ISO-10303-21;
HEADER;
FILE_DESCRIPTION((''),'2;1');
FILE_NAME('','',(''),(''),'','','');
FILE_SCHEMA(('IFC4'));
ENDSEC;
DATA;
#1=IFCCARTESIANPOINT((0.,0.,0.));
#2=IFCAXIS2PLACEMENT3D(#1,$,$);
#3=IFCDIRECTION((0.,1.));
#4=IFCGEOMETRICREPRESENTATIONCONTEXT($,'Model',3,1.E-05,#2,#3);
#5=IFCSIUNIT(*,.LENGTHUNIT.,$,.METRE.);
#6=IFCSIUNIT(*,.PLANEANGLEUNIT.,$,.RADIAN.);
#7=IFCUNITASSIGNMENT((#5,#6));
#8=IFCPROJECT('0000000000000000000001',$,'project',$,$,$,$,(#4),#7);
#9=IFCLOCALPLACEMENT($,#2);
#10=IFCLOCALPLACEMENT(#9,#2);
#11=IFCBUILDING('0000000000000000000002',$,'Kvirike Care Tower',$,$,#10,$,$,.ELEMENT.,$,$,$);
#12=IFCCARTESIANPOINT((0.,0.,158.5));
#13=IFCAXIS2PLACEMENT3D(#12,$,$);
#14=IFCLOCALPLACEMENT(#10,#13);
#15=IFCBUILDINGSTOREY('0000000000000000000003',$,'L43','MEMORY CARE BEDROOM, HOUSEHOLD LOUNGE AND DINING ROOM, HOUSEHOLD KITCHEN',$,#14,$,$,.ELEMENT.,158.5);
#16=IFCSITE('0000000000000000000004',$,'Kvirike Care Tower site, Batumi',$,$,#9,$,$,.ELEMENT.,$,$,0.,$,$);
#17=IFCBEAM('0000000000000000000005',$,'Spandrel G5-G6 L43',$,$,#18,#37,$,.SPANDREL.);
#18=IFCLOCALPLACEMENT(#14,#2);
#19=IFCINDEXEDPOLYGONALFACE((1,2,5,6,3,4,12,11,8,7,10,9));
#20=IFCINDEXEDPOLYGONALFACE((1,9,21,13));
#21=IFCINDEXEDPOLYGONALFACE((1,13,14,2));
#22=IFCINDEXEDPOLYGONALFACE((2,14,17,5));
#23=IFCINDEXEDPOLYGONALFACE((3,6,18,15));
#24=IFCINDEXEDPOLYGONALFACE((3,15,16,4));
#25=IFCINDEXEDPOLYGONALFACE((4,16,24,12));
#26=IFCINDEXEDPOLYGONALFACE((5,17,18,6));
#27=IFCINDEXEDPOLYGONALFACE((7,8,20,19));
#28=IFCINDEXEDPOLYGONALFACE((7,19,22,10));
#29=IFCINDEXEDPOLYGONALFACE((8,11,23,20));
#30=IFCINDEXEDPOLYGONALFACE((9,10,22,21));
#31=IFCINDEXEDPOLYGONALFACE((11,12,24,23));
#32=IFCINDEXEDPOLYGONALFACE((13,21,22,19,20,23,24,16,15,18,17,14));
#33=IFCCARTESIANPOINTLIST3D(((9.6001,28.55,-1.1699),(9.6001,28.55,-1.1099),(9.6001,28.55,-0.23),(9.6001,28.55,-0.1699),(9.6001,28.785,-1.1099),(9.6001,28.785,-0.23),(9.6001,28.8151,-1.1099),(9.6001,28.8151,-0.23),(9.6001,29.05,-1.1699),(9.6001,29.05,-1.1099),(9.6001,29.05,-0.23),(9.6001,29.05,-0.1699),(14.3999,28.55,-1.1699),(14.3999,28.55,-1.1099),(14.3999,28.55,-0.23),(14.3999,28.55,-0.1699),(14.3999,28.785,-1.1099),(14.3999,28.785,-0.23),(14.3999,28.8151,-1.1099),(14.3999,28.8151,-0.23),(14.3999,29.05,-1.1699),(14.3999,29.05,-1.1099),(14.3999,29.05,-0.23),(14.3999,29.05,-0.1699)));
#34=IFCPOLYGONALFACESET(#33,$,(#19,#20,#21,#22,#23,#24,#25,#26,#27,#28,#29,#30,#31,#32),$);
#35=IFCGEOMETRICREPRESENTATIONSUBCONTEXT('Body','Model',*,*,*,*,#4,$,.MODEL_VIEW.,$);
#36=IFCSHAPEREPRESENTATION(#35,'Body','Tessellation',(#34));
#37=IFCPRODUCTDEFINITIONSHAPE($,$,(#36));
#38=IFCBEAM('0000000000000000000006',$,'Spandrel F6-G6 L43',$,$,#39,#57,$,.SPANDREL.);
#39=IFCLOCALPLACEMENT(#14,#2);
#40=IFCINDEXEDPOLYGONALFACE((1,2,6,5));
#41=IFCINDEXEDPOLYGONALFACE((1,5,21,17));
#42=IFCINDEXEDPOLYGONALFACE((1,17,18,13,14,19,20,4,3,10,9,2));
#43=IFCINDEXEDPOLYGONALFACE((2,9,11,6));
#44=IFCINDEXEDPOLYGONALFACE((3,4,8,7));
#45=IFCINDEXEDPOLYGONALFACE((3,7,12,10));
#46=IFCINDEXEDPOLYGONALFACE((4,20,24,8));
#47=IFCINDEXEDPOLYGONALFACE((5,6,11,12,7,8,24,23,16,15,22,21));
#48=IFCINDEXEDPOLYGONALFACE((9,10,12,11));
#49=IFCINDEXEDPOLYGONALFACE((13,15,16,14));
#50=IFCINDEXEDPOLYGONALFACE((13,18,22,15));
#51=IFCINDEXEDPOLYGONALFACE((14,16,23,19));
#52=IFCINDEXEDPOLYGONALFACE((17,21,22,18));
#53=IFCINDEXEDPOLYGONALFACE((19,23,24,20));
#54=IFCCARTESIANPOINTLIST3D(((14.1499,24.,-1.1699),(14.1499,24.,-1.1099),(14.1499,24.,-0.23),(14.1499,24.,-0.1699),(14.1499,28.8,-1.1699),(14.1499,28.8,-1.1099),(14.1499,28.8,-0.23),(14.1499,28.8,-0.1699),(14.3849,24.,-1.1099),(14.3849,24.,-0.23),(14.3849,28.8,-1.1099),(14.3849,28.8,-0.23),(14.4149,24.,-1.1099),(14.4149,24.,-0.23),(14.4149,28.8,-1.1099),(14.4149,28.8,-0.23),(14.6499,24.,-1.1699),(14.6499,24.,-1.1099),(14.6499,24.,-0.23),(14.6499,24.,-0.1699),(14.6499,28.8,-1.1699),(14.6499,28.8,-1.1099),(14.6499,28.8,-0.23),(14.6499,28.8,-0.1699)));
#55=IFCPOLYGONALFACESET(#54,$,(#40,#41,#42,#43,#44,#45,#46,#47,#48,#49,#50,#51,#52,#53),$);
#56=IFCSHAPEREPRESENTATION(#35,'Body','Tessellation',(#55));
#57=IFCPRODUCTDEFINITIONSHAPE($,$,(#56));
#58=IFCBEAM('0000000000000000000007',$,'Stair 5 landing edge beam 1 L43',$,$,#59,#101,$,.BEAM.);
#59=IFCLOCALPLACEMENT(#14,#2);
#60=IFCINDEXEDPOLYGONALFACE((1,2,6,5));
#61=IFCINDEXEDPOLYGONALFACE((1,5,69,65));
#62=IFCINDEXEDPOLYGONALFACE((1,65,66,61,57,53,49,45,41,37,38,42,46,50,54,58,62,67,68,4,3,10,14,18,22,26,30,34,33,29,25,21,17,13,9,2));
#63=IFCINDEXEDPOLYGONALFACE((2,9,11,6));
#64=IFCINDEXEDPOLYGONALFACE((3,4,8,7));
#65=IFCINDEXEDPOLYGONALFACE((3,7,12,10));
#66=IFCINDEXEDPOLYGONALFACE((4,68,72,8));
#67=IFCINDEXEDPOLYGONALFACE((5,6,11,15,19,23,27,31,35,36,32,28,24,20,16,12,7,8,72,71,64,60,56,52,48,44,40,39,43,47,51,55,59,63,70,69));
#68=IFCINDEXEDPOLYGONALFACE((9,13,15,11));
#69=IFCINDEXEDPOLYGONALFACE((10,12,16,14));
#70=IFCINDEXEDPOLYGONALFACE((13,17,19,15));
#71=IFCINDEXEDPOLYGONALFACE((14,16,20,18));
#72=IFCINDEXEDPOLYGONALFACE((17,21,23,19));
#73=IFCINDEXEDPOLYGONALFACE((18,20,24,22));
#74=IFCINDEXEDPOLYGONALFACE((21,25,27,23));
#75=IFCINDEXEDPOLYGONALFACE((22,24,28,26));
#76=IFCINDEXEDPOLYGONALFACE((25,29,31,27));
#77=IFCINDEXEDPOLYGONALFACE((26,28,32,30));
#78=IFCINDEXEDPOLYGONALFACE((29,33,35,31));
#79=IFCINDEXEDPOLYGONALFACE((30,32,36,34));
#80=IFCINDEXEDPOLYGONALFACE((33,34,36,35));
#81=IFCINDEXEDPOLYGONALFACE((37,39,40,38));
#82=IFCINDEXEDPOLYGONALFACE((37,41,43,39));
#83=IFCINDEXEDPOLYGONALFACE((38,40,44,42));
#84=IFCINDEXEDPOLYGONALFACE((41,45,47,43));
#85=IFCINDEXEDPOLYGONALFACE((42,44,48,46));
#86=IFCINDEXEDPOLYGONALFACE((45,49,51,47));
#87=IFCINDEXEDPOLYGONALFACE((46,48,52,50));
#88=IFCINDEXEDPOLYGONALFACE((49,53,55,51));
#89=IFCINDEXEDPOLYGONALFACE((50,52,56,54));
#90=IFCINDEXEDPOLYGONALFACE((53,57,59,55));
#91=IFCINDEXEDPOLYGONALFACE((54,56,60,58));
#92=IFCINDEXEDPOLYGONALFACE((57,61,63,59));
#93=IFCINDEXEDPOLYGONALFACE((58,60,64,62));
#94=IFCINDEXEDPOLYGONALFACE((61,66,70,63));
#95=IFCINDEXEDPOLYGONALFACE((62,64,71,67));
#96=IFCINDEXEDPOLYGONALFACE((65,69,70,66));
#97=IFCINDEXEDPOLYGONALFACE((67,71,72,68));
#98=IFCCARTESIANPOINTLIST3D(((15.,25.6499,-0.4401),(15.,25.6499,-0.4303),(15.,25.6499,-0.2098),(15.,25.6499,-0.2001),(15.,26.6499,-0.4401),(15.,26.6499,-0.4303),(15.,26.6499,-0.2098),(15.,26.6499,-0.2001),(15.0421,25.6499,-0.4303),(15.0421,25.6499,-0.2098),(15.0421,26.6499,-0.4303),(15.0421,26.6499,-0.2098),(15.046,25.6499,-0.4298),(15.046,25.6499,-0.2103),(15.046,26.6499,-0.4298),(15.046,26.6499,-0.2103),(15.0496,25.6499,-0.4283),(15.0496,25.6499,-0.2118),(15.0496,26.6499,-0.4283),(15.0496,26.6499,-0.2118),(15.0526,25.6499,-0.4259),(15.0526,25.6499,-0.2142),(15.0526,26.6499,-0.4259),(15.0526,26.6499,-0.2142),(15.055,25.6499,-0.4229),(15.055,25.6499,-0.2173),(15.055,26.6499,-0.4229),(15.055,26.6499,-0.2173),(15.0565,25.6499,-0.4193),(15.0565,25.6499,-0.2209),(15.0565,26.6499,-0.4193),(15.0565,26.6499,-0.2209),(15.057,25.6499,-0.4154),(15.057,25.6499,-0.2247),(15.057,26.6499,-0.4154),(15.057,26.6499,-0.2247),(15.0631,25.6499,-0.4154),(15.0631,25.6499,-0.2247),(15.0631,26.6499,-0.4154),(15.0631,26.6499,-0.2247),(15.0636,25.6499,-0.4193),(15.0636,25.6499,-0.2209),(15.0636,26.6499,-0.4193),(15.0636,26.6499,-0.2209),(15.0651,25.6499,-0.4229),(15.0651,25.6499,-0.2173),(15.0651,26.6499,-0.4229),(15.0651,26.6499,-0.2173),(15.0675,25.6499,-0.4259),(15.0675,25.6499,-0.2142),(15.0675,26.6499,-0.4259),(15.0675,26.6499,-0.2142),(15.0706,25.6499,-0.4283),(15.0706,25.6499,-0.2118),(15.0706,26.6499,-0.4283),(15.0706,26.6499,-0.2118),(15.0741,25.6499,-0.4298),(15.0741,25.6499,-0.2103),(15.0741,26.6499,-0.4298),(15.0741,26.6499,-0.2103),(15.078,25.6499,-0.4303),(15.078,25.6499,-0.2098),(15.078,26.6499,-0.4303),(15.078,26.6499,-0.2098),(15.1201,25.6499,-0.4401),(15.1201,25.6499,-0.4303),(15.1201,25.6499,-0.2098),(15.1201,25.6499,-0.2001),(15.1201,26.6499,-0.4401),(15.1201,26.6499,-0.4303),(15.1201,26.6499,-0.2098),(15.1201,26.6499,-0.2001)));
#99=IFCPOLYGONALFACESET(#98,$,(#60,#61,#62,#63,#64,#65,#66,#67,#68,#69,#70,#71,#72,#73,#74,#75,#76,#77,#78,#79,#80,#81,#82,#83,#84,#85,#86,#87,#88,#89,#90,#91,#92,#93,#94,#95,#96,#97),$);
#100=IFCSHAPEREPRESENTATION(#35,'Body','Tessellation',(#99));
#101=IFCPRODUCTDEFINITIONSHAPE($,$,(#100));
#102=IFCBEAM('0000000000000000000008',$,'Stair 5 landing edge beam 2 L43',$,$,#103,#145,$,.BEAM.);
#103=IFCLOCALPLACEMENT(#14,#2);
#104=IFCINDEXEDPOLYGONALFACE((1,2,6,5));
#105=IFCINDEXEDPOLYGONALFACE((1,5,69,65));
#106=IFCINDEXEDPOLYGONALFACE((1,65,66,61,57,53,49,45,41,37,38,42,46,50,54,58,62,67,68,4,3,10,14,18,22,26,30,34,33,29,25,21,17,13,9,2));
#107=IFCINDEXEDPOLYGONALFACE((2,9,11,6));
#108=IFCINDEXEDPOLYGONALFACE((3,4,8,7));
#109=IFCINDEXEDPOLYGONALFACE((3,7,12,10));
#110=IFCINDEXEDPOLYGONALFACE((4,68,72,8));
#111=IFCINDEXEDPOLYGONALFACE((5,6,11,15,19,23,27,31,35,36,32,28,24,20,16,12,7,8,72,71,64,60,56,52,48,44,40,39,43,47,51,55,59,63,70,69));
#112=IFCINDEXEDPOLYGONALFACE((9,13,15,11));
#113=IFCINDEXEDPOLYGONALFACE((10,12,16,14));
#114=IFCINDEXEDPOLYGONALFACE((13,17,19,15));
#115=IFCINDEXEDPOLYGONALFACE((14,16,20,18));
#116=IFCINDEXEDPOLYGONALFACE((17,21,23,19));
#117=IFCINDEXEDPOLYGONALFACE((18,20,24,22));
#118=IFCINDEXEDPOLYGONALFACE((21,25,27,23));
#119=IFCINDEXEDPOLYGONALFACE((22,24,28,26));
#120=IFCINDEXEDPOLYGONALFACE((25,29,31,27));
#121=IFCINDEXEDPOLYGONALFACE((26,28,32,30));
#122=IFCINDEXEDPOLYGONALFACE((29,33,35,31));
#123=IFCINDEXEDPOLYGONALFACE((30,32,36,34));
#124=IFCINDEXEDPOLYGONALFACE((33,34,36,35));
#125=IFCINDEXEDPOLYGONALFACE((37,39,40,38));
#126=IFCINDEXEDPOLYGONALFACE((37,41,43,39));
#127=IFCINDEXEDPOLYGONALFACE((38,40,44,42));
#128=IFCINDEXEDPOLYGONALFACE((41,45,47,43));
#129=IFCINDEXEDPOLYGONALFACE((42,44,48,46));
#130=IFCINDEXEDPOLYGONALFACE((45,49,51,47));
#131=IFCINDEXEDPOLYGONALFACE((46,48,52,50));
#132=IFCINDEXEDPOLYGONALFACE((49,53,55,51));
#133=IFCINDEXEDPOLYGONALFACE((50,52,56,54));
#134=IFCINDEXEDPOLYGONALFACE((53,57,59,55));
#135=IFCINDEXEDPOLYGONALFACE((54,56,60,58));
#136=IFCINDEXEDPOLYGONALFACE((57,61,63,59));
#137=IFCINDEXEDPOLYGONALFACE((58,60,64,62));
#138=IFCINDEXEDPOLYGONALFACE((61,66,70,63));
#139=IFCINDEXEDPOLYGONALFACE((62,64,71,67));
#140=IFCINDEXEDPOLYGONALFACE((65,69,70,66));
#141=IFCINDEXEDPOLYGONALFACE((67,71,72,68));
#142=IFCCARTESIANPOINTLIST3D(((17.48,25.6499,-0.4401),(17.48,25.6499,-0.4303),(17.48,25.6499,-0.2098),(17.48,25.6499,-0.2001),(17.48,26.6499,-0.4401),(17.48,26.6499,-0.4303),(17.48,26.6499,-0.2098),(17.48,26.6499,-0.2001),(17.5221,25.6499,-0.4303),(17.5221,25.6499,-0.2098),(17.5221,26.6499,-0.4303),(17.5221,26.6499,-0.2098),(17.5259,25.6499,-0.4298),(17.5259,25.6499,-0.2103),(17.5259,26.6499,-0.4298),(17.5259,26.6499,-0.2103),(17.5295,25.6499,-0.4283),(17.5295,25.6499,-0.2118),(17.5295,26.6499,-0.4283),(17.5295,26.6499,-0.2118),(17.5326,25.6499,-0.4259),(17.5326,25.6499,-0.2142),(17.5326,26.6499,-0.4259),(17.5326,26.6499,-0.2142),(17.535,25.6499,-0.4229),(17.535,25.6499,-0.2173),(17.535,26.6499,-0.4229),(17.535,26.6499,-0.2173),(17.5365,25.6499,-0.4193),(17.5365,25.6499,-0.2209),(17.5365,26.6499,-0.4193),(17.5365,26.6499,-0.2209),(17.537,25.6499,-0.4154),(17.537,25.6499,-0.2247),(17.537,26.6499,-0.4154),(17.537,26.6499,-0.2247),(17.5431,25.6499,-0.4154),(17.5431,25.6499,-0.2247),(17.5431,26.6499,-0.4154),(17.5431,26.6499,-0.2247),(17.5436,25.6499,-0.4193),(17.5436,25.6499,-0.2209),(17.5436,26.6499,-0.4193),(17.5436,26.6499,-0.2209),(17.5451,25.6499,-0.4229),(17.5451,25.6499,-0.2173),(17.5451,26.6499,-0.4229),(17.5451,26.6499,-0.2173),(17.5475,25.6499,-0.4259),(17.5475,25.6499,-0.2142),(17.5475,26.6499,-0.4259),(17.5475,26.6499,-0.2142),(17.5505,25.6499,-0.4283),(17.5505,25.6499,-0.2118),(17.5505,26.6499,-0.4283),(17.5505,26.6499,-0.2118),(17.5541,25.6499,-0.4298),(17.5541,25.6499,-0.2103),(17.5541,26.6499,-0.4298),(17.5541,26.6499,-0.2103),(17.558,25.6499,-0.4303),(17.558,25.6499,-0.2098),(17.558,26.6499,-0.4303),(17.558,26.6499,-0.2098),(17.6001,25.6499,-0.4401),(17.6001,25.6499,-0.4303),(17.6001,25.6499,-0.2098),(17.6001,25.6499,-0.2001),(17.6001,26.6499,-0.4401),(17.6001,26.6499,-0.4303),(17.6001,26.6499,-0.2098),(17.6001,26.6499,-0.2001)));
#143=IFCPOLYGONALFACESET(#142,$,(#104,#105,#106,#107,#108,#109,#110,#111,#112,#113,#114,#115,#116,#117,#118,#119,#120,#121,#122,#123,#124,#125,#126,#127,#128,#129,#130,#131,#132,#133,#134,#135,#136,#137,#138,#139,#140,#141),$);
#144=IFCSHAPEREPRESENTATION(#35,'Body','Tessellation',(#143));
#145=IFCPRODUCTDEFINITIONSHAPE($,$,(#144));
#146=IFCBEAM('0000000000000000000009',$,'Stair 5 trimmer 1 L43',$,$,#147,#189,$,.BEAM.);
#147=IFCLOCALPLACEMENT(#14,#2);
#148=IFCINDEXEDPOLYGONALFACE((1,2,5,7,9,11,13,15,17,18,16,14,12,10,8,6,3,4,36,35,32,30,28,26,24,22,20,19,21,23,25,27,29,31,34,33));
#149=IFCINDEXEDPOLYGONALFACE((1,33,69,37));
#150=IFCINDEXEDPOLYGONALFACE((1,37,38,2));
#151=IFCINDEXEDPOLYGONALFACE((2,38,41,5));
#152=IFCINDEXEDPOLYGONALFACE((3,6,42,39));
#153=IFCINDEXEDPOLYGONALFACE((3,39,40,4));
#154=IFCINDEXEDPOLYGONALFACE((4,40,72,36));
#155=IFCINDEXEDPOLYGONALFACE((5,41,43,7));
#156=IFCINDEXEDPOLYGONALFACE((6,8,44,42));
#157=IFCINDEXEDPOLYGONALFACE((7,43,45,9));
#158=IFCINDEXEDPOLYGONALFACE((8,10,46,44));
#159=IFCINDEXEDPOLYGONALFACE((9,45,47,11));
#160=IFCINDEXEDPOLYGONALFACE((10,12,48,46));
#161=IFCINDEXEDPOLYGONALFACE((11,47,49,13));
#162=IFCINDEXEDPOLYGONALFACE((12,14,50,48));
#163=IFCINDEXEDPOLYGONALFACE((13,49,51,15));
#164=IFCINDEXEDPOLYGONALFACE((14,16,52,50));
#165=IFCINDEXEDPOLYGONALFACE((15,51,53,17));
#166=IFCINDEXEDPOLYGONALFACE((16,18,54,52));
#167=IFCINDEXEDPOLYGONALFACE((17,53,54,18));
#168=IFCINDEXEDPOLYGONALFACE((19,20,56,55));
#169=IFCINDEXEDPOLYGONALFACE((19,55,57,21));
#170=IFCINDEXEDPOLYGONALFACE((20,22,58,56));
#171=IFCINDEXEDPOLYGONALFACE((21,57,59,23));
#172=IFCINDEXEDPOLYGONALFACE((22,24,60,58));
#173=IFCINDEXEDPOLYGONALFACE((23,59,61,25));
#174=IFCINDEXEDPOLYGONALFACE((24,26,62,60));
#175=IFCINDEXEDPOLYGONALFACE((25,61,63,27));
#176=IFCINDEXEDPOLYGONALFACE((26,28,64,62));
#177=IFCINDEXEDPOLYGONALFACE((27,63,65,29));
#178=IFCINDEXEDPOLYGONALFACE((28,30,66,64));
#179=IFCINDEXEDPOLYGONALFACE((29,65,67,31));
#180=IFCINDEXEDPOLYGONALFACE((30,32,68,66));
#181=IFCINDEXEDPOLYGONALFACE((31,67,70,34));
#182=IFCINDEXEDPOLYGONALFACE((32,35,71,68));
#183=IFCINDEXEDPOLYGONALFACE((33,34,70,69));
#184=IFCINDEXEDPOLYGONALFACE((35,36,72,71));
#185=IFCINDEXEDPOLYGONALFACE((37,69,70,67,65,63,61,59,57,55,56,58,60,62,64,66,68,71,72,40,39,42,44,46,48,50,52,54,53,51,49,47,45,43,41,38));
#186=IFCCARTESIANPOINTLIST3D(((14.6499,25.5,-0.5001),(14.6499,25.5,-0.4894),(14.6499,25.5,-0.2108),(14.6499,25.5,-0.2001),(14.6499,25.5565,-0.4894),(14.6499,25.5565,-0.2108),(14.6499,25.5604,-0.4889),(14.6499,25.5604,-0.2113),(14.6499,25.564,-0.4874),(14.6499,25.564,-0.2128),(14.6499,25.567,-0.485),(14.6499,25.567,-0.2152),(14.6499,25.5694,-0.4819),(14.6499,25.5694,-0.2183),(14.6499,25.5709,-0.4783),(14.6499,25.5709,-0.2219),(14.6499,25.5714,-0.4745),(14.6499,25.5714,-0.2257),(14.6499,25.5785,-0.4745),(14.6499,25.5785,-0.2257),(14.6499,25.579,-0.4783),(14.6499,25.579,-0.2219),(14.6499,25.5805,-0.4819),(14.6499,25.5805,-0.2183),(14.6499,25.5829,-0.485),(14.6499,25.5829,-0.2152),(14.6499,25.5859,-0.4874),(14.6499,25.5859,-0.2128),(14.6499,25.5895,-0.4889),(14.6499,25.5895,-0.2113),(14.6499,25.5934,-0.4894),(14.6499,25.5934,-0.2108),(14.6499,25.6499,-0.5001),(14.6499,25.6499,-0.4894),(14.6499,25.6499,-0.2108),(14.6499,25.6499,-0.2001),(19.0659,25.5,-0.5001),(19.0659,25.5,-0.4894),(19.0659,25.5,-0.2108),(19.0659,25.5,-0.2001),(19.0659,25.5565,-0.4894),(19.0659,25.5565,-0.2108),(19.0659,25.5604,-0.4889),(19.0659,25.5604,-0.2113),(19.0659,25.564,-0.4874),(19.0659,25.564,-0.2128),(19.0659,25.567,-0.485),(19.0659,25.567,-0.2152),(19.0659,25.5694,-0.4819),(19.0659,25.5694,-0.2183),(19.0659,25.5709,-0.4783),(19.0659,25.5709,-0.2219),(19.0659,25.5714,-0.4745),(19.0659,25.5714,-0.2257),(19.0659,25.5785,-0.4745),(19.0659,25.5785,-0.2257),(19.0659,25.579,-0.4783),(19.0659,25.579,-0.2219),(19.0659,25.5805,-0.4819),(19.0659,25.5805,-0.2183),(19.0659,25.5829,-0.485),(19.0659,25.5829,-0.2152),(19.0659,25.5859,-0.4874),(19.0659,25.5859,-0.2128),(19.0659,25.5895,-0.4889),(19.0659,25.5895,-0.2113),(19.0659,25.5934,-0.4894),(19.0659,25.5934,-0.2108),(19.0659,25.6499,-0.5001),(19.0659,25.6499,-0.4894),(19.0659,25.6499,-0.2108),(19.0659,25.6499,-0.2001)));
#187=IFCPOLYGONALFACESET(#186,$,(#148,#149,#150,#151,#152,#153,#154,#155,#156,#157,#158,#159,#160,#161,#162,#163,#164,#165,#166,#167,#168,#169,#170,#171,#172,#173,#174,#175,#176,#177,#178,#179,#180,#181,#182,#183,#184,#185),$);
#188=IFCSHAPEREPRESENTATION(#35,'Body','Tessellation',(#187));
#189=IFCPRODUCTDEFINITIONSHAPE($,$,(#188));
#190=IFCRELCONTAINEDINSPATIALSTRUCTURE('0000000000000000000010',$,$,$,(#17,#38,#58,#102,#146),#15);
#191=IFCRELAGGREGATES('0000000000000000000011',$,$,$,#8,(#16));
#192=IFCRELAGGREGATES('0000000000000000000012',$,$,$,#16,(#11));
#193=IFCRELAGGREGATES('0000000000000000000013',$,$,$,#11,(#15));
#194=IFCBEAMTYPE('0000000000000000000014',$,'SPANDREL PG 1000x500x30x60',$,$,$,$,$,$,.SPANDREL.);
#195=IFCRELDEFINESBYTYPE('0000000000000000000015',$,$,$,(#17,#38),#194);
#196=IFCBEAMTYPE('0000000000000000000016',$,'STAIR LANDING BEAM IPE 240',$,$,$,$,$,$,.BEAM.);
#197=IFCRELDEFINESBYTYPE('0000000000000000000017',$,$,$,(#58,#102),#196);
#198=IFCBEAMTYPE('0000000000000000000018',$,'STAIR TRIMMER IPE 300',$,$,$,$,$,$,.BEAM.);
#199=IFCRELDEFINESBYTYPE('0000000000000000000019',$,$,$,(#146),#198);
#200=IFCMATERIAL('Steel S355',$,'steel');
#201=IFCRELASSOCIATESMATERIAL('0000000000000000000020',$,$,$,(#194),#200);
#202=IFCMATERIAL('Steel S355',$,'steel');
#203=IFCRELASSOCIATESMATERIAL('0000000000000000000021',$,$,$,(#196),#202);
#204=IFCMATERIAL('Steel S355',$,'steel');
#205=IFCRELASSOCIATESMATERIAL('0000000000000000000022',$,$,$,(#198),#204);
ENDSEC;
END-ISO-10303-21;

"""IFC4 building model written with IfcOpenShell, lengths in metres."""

from ifc_helpers import new_model, si_unit, direction, frame, origin, origin_2d, place, context, subcontext, project, spatial, i_section, extrude, material, material_profile, profile_set, type_object, element, save


model = new_model("IFC4")

# Units and contexts
model_context = context("Model", 3, precision=1e-05, world=origin(), true_north=direction((0.0, 1.0)))
body_context = subcontext(model_context, "Body", "Model", "MODEL_VIEW")
ifc_project = project(units=[si_unit("LENGTHUNIT", "METRE"), si_unit("PLANEANGLEUNIT", "RADIAN")], contexts=[model_context])

# Site, building, storey
site_placement = place(None, origin())
site = spatial("IfcSite", under=ifc_project, at=site_placement, Name="Kvirike Care Tower site, Batumi", CompositionType="ELEMENT", RefElevation=0.0)
building_placement = place(site_placement, origin())
building = spatial("IfcBuilding", under=site, at=building_placement, Name="Kvirike Care Tower", CompositionType="ELEMENT")
storey_placement = place(building_placement, frame((0.0, 0.0, 158.5)))
storey = spatial("IfcBuildingStorey", under=building, at=storey_placement, Name="L43", Description="MEMORY CARE BEDROOM, HOUSEHOLD LOUNGE AND DINING ROOM, HOUSEHOLD KITCHEN", CompositionType="ELEMENT", Elevation=158.5)

# Beams
ifc_material_1 = material(Name="Steel S355", Category="steel")
ifc_material_profile_1 = material_profile(ifc_material_1, i_section(OverallWidth=0.5, OverallDepth=1.0, WebThickness=0.03, FlangeThickness=0.0601, at=origin_2d()), Name="PG 1000x500x30x60")
ifc_profile_set_1 = profile_set([ifc_material_profile_1], Name="Steel S355")
beam_type_1 = type_object("IfcBeamType", Name="SPANDREL PG 1000x500x30x60", PredefinedType="SPANDREL", material=ifc_profile_set_1)
beam_1_placement = place(storey_placement, frame((9.6001, 28.8, -0.6699), z_axis=(1.0, 0.0, 0.0), x_axis=(0.0, 1.0, 0.0)))
element("IfcBeam", 1, at=beam_1_placement, inside=storey, type_object=beam_type_1, Name="Spandrel G5-G6 L43", PredefinedType="SPANDREL", context=body_context, shape_type="SweptSolid", body=[
    extrude(i_section(OverallWidth=0.5, OverallDepth=1.0, WebThickness=0.03, FlangeThickness=0.0601, at=origin_2d()), origin(), (0.0, 0.0, 1.0), 4.7998),
])
beam_2_placement = place(storey_placement, frame((14.3999, 24.0, -0.6699), z_axis=(0.0, 1.0, 0.0), x_axis=(-1.0, 0.0, 0.0)))
element("IfcBeam", 2, at=beam_2_placement, inside=storey, type_object=beam_type_1, Name="Spandrel F6-G6 L43", PredefinedType="SPANDREL", context=body_context, shape_type="SweptSolid", body=[
    extrude(i_section(OverallWidth=0.5, OverallDepth=1.0, WebThickness=0.03, FlangeThickness=0.0601, at=origin_2d()), origin(), (0.0, 0.0, 1.0), 4.8),
])
ifc_material_2 = material(Name="Steel S355", Category="steel")
ifc_material_profile_2 = material_profile(ifc_material_2, i_section(OverallWidth=0.1201, OverallDepth=0.24, WebThickness=0.0061, FlangeThickness=0.0098, FilletRadius=0.0149, at=origin_2d()), Name="IPE 240")
ifc_profile_set_2 = profile_set([ifc_material_profile_2], Name="Steel S355")
beam_type_2 = type_object("IfcBeamType", Name="STAIR LANDING BEAM IPE 240", PredefinedType="BEAM", material=ifc_profile_set_2)
for number, where, z_axis, x_axis, name in (
    (3, (15.0601, 25.6499, -0.3201), (0.0, 1.0, 0.0), (-1.0, 0.0, 0.0), "Stair 5 landing edge beam 1 L43"),
    (4, (17.54, 25.6499, -0.3201), (0.0, 1.0, 0.0), (-1.0, 0.0, 0.0), "Stair 5 landing edge beam 2 L43"),
):
    element("IfcBeam", number, at=place(storey_placement, frame(where, z_axis=z_axis, x_axis=x_axis)), inside=storey, type_object=beam_type_2, Name=name, PredefinedType="BEAM", context=body_context, shape_type="SweptSolid", body=[
        extrude(i_section(OverallWidth=0.1201, OverallDepth=0.24, WebThickness=0.0061, FlangeThickness=0.0098, FilletRadius=0.0149, at=origin_2d()), origin(), (0.0, 0.0, 1.0), 1.0),
    ])
ifc_material_3 = material(Name="Steel S355", Category="steel")
ifc_material_profile_3 = material_profile(ifc_material_3, i_section(OverallWidth=0.1499, OverallDepth=0.3, WebThickness=0.0071, FlangeThickness=0.0107, FilletRadius=0.0149, at=origin_2d()), Name="IPE 300")
ifc_profile_set_3 = profile_set([ifc_material_profile_3], Name="Steel S355")
beam_type_3 = type_object("IfcBeamType", Name="STAIR TRIMMER IPE 300", PredefinedType="BEAM", material=ifc_profile_set_3)
for number, where, z_axis, x_axis, name in (
    (5, (14.6499, 25.575, -0.3501), (1.0, 0.0, 0.0), (0.0, 1.0, 0.0), "Stair 5 trimmer 1 L43"),
):
    element("IfcBeam", number, at=place(storey_placement, frame(where, z_axis=z_axis, x_axis=x_axis)), inside=storey, type_object=beam_type_3, Name=name, PredefinedType="BEAM", context=body_context, shape_type="SweptSolid", body=[
        extrude(i_section(OverallWidth=0.1499, OverallDepth=0.3, WebThickness=0.0071, FlangeThickness=0.0107, FilletRadius=0.0149, at=origin_2d()), origin(), (0.0, 0.0, 1.0), 4.416),
    ])

save(model, "model.ifc")
